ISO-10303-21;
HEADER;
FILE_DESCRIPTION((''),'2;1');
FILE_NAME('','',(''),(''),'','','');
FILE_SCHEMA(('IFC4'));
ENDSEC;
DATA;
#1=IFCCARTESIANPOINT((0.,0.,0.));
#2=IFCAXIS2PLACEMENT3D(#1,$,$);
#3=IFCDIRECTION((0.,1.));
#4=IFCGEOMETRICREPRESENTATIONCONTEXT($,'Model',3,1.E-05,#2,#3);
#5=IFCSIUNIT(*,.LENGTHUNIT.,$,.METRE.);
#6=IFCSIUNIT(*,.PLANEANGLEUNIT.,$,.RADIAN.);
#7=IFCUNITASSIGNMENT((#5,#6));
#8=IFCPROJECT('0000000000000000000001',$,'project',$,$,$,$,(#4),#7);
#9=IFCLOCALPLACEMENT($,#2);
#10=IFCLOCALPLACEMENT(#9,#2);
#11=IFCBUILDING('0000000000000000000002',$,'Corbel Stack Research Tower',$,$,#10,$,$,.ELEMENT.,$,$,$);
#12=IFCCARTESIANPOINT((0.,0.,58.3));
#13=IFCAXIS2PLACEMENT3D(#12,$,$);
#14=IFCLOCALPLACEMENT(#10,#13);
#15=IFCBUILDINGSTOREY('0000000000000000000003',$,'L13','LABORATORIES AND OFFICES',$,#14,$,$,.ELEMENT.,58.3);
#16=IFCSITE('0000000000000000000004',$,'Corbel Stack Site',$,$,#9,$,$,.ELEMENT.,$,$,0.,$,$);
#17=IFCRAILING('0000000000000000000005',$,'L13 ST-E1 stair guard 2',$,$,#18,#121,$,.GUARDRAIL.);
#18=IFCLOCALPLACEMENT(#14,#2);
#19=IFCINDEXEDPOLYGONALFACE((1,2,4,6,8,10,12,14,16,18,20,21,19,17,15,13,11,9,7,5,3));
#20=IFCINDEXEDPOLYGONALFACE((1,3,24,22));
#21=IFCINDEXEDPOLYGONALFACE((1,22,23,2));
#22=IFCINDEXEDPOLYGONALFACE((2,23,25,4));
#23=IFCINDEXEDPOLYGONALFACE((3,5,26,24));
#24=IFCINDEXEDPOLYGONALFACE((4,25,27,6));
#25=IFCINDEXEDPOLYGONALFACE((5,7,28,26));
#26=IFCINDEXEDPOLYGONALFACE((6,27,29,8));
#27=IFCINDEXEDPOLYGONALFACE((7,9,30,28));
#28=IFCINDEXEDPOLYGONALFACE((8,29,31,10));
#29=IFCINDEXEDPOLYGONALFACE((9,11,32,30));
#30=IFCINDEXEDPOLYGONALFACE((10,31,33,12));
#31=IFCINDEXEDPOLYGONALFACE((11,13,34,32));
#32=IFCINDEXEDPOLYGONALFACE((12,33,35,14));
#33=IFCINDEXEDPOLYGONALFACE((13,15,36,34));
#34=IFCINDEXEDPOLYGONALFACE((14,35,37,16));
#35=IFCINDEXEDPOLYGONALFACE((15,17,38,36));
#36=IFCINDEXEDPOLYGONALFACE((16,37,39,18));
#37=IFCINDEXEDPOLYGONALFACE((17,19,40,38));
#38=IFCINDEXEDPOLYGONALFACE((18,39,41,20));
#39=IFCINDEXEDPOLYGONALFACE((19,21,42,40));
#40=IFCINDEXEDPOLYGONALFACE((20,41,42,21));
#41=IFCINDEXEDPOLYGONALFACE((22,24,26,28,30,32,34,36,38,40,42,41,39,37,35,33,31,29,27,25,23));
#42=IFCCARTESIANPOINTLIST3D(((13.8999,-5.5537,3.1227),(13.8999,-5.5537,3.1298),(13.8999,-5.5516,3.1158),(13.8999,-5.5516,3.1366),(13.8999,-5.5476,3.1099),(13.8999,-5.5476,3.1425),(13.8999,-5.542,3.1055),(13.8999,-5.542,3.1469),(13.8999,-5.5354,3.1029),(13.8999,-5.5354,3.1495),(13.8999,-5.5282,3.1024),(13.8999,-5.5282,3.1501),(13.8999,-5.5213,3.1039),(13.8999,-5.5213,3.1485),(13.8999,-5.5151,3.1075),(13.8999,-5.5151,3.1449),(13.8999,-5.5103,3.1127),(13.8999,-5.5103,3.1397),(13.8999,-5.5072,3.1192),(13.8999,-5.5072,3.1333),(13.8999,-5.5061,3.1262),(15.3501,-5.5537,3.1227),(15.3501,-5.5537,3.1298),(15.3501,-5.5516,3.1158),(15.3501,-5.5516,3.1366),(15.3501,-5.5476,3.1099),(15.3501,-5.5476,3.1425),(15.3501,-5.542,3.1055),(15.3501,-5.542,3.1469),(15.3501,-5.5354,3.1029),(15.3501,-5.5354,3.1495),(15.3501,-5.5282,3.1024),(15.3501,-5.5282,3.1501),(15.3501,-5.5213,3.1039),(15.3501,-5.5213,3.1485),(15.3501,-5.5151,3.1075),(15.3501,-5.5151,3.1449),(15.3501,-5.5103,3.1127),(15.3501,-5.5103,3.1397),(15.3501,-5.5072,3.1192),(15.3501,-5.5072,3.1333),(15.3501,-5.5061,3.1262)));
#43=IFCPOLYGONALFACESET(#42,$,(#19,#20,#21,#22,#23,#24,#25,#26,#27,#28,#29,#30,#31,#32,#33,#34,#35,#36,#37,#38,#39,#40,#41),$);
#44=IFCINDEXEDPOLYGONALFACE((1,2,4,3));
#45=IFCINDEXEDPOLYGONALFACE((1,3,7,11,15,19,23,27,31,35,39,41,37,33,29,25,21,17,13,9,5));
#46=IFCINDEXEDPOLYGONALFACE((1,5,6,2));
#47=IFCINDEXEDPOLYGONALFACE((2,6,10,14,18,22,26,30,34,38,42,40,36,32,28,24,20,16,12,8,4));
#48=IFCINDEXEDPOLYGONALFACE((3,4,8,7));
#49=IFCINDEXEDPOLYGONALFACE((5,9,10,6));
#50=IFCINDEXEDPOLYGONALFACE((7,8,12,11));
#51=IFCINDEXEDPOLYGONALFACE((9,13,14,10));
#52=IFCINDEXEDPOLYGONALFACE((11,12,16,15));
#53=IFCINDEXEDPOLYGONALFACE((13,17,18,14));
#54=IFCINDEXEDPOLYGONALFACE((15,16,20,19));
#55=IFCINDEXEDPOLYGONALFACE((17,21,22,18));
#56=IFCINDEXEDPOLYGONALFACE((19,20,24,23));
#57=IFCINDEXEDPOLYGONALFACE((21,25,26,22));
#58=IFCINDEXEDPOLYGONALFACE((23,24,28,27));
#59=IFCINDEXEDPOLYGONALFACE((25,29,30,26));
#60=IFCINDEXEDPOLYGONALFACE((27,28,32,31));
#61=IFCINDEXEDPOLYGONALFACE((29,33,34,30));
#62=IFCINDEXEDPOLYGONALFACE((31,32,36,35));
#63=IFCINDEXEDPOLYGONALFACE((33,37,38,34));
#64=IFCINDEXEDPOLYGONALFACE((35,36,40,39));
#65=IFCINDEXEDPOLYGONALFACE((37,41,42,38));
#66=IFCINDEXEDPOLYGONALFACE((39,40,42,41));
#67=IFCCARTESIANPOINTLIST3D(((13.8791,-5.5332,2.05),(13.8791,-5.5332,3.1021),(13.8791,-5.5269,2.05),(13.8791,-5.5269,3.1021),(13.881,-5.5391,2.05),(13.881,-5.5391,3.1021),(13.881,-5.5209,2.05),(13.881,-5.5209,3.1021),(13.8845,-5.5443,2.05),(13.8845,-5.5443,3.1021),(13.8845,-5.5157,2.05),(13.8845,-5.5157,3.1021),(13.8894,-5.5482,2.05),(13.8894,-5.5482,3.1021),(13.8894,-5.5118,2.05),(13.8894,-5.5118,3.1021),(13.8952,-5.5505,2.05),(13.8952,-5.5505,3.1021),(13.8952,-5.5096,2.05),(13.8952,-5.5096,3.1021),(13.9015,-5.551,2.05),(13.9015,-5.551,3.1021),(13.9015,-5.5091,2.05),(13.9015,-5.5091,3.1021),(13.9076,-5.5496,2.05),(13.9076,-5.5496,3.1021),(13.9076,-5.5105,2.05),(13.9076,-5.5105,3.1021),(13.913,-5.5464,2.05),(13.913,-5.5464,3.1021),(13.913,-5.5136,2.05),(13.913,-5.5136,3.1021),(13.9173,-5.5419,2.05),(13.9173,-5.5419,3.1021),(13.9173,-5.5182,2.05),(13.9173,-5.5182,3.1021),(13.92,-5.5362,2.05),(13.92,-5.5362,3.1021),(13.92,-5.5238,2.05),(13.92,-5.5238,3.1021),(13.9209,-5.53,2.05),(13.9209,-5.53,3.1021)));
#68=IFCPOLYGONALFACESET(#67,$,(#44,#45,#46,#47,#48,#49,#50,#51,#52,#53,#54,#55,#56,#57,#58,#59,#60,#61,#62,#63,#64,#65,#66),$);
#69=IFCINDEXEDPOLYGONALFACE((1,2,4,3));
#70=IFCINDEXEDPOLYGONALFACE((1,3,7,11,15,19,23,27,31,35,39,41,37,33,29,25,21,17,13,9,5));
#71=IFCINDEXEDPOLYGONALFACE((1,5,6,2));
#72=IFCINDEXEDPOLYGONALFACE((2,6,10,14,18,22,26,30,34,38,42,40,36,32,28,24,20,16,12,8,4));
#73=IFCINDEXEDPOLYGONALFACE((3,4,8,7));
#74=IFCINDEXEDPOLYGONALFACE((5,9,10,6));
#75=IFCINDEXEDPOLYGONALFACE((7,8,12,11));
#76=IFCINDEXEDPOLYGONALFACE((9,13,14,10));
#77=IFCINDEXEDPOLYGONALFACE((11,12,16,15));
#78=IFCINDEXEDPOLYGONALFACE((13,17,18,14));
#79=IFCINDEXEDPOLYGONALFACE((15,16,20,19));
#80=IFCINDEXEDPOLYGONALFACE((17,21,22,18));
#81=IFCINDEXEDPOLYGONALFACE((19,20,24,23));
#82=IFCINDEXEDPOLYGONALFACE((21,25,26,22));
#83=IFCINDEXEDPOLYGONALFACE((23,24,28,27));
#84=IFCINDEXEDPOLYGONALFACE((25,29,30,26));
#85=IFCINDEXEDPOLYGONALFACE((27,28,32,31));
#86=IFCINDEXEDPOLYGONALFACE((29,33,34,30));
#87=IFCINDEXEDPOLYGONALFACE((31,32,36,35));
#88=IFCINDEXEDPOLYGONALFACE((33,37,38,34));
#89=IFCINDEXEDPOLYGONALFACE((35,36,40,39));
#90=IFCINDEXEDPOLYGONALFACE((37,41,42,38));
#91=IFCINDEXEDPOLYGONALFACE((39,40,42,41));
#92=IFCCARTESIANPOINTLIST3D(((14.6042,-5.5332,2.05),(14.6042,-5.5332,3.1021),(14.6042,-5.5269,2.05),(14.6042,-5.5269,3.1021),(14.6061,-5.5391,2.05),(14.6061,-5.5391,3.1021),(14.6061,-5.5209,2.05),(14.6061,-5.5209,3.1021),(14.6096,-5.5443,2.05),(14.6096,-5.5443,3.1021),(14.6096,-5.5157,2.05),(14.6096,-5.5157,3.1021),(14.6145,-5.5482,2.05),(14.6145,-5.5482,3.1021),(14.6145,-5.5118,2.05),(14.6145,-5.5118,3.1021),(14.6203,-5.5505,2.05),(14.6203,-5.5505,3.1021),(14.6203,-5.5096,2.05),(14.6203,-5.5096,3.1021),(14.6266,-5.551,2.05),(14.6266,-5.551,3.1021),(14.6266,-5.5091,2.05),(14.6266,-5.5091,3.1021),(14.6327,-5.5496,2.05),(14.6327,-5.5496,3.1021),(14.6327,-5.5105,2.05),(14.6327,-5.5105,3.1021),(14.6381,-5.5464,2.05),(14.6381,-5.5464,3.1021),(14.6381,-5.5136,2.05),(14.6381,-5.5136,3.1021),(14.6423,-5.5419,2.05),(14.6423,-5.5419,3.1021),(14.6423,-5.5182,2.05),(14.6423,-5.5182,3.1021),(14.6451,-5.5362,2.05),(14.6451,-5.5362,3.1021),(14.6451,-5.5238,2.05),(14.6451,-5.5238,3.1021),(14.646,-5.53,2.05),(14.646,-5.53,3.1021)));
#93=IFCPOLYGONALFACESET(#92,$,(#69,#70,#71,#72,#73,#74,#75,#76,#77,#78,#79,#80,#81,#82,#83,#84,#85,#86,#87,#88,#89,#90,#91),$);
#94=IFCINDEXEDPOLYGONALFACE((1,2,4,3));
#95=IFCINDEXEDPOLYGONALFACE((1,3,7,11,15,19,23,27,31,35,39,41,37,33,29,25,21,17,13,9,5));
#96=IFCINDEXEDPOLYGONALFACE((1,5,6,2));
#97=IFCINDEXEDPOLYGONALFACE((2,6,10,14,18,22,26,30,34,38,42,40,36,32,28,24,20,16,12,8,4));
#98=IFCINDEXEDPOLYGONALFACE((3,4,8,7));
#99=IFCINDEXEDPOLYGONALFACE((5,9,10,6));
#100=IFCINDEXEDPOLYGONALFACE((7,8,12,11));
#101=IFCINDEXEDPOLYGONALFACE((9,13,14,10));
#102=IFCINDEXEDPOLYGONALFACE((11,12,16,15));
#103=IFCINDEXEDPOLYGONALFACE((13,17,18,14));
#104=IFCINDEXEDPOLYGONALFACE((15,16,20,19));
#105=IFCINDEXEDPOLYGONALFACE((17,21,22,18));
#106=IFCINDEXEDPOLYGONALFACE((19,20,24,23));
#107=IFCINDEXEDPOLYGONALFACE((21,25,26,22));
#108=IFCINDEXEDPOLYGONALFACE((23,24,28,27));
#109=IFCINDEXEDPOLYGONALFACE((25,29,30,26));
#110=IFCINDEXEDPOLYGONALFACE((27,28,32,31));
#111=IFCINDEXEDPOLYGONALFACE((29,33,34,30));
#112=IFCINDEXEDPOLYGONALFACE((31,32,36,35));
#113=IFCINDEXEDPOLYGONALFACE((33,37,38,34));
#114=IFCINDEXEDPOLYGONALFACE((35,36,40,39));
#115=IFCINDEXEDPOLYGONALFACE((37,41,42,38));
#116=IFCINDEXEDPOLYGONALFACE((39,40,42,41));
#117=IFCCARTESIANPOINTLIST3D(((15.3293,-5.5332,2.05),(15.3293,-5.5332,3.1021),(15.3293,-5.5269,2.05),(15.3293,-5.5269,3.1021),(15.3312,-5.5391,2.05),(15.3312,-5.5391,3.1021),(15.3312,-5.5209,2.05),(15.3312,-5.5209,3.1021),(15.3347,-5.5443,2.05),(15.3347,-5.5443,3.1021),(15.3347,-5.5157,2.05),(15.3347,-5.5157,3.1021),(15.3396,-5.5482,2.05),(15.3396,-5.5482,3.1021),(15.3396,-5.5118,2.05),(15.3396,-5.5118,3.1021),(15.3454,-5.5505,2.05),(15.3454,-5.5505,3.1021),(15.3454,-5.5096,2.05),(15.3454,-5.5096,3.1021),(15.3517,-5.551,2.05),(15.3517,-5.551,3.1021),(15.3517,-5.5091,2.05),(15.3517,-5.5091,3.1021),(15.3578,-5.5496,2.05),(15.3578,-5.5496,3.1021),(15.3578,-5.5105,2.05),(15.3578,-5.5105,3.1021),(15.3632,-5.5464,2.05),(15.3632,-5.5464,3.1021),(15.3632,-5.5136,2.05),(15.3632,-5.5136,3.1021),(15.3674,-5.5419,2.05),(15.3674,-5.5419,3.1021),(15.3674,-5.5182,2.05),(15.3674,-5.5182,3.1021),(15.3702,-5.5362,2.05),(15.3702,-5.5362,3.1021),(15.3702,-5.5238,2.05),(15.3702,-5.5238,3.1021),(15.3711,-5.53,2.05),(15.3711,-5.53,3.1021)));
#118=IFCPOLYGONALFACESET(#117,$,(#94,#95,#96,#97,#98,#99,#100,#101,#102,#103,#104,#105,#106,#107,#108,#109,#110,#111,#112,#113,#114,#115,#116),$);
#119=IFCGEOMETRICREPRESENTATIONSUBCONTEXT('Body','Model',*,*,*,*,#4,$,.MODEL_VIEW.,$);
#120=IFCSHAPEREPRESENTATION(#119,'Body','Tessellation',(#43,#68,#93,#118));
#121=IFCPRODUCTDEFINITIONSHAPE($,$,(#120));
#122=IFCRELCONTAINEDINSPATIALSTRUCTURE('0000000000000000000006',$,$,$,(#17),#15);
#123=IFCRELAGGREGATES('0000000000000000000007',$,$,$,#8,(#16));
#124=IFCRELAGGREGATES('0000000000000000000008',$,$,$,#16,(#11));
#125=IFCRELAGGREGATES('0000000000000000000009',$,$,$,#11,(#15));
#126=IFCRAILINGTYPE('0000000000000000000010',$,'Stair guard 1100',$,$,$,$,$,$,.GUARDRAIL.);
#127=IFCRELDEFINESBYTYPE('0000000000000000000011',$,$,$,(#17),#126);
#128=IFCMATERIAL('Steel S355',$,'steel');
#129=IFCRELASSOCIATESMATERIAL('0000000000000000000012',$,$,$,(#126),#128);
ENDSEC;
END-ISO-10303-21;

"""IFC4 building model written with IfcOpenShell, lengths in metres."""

from ifc_helpers import new_model, si_unit, direction, frame, origin, origin_2d, place, context, subcontext, project, spatial, circle, extrude, material, type_object, element, save


model = new_model("IFC4")

# Units and contexts
model_context = context("Model", 3, precision=1e-05, world=origin(), true_north=direction((0.0, 1.0)))
body_context = subcontext(model_context, "Body", "Model", "MODEL_VIEW")
ifc_project = project(units=[si_unit("LENGTHUNIT", "METRE"), si_unit("PLANEANGLEUNIT", "RADIAN")], contexts=[model_context])

# Site, building, storey
site_placement = place(None, origin())
site = spatial("IfcSite", under=ifc_project, at=site_placement, Name="Corbel Stack Site", CompositionType="ELEMENT", RefElevation=0.0)
building_placement = place(site_placement, origin())
building = spatial("IfcBuilding", under=site, at=building_placement, Name="Corbel Stack Research Tower", CompositionType="ELEMENT")
storey_placement = place(building_placement, frame((0.0, 0.0, 58.3)))
storey = spatial("IfcBuildingStorey", under=building, at=storey_placement, Name="L13", Description="LABORATORIES AND OFFICES", CompositionType="ELEMENT", Elevation=58.3)

# Railing
ifc_material_1 = material(Name="Steel S355", Category="steel")
railing_type_1 = type_object("IfcRailingType", Name="Stair guard 1100", PredefinedType="GUARDRAIL", material=ifc_material_1)
railing_1_placement = place(storey_placement, frame((13.8999, -5.53, 2.05)))
element("IfcRailing", 1, at=railing_1_placement, inside=storey, type_object=railing_type_1, Name="L13 ST-E1 stair guard 2", PredefinedType="GUARDRAIL", context=body_context, shape_type="SweptSolid", body=[
    extrude(circle(Radius=0.0239, at=origin_2d()), frame((0.0, 0.0, 1.0762), z_axis=(1.0, 0.0, 0.0), x_axis=(0.0, 1.0, 0.0)), (0.0, 0.0, 1.0), 1.4502),
    extrude(circle(Radius=0.021, at=origin_2d()), origin(), (0.0, 0.0, 1.0), 1.052),
    extrude(circle(Radius=0.021, at=origin_2d()), frame((0.7251, 0.0, 0.0)), (0.0, 0.0, 1.0), 1.052),
    extrude(circle(Radius=0.021, at=origin_2d()), frame((1.4502, 0.0, 0.0)), (0.0, 0.0, 1.0), 1.052),
])

save(model, "model.ifc")
